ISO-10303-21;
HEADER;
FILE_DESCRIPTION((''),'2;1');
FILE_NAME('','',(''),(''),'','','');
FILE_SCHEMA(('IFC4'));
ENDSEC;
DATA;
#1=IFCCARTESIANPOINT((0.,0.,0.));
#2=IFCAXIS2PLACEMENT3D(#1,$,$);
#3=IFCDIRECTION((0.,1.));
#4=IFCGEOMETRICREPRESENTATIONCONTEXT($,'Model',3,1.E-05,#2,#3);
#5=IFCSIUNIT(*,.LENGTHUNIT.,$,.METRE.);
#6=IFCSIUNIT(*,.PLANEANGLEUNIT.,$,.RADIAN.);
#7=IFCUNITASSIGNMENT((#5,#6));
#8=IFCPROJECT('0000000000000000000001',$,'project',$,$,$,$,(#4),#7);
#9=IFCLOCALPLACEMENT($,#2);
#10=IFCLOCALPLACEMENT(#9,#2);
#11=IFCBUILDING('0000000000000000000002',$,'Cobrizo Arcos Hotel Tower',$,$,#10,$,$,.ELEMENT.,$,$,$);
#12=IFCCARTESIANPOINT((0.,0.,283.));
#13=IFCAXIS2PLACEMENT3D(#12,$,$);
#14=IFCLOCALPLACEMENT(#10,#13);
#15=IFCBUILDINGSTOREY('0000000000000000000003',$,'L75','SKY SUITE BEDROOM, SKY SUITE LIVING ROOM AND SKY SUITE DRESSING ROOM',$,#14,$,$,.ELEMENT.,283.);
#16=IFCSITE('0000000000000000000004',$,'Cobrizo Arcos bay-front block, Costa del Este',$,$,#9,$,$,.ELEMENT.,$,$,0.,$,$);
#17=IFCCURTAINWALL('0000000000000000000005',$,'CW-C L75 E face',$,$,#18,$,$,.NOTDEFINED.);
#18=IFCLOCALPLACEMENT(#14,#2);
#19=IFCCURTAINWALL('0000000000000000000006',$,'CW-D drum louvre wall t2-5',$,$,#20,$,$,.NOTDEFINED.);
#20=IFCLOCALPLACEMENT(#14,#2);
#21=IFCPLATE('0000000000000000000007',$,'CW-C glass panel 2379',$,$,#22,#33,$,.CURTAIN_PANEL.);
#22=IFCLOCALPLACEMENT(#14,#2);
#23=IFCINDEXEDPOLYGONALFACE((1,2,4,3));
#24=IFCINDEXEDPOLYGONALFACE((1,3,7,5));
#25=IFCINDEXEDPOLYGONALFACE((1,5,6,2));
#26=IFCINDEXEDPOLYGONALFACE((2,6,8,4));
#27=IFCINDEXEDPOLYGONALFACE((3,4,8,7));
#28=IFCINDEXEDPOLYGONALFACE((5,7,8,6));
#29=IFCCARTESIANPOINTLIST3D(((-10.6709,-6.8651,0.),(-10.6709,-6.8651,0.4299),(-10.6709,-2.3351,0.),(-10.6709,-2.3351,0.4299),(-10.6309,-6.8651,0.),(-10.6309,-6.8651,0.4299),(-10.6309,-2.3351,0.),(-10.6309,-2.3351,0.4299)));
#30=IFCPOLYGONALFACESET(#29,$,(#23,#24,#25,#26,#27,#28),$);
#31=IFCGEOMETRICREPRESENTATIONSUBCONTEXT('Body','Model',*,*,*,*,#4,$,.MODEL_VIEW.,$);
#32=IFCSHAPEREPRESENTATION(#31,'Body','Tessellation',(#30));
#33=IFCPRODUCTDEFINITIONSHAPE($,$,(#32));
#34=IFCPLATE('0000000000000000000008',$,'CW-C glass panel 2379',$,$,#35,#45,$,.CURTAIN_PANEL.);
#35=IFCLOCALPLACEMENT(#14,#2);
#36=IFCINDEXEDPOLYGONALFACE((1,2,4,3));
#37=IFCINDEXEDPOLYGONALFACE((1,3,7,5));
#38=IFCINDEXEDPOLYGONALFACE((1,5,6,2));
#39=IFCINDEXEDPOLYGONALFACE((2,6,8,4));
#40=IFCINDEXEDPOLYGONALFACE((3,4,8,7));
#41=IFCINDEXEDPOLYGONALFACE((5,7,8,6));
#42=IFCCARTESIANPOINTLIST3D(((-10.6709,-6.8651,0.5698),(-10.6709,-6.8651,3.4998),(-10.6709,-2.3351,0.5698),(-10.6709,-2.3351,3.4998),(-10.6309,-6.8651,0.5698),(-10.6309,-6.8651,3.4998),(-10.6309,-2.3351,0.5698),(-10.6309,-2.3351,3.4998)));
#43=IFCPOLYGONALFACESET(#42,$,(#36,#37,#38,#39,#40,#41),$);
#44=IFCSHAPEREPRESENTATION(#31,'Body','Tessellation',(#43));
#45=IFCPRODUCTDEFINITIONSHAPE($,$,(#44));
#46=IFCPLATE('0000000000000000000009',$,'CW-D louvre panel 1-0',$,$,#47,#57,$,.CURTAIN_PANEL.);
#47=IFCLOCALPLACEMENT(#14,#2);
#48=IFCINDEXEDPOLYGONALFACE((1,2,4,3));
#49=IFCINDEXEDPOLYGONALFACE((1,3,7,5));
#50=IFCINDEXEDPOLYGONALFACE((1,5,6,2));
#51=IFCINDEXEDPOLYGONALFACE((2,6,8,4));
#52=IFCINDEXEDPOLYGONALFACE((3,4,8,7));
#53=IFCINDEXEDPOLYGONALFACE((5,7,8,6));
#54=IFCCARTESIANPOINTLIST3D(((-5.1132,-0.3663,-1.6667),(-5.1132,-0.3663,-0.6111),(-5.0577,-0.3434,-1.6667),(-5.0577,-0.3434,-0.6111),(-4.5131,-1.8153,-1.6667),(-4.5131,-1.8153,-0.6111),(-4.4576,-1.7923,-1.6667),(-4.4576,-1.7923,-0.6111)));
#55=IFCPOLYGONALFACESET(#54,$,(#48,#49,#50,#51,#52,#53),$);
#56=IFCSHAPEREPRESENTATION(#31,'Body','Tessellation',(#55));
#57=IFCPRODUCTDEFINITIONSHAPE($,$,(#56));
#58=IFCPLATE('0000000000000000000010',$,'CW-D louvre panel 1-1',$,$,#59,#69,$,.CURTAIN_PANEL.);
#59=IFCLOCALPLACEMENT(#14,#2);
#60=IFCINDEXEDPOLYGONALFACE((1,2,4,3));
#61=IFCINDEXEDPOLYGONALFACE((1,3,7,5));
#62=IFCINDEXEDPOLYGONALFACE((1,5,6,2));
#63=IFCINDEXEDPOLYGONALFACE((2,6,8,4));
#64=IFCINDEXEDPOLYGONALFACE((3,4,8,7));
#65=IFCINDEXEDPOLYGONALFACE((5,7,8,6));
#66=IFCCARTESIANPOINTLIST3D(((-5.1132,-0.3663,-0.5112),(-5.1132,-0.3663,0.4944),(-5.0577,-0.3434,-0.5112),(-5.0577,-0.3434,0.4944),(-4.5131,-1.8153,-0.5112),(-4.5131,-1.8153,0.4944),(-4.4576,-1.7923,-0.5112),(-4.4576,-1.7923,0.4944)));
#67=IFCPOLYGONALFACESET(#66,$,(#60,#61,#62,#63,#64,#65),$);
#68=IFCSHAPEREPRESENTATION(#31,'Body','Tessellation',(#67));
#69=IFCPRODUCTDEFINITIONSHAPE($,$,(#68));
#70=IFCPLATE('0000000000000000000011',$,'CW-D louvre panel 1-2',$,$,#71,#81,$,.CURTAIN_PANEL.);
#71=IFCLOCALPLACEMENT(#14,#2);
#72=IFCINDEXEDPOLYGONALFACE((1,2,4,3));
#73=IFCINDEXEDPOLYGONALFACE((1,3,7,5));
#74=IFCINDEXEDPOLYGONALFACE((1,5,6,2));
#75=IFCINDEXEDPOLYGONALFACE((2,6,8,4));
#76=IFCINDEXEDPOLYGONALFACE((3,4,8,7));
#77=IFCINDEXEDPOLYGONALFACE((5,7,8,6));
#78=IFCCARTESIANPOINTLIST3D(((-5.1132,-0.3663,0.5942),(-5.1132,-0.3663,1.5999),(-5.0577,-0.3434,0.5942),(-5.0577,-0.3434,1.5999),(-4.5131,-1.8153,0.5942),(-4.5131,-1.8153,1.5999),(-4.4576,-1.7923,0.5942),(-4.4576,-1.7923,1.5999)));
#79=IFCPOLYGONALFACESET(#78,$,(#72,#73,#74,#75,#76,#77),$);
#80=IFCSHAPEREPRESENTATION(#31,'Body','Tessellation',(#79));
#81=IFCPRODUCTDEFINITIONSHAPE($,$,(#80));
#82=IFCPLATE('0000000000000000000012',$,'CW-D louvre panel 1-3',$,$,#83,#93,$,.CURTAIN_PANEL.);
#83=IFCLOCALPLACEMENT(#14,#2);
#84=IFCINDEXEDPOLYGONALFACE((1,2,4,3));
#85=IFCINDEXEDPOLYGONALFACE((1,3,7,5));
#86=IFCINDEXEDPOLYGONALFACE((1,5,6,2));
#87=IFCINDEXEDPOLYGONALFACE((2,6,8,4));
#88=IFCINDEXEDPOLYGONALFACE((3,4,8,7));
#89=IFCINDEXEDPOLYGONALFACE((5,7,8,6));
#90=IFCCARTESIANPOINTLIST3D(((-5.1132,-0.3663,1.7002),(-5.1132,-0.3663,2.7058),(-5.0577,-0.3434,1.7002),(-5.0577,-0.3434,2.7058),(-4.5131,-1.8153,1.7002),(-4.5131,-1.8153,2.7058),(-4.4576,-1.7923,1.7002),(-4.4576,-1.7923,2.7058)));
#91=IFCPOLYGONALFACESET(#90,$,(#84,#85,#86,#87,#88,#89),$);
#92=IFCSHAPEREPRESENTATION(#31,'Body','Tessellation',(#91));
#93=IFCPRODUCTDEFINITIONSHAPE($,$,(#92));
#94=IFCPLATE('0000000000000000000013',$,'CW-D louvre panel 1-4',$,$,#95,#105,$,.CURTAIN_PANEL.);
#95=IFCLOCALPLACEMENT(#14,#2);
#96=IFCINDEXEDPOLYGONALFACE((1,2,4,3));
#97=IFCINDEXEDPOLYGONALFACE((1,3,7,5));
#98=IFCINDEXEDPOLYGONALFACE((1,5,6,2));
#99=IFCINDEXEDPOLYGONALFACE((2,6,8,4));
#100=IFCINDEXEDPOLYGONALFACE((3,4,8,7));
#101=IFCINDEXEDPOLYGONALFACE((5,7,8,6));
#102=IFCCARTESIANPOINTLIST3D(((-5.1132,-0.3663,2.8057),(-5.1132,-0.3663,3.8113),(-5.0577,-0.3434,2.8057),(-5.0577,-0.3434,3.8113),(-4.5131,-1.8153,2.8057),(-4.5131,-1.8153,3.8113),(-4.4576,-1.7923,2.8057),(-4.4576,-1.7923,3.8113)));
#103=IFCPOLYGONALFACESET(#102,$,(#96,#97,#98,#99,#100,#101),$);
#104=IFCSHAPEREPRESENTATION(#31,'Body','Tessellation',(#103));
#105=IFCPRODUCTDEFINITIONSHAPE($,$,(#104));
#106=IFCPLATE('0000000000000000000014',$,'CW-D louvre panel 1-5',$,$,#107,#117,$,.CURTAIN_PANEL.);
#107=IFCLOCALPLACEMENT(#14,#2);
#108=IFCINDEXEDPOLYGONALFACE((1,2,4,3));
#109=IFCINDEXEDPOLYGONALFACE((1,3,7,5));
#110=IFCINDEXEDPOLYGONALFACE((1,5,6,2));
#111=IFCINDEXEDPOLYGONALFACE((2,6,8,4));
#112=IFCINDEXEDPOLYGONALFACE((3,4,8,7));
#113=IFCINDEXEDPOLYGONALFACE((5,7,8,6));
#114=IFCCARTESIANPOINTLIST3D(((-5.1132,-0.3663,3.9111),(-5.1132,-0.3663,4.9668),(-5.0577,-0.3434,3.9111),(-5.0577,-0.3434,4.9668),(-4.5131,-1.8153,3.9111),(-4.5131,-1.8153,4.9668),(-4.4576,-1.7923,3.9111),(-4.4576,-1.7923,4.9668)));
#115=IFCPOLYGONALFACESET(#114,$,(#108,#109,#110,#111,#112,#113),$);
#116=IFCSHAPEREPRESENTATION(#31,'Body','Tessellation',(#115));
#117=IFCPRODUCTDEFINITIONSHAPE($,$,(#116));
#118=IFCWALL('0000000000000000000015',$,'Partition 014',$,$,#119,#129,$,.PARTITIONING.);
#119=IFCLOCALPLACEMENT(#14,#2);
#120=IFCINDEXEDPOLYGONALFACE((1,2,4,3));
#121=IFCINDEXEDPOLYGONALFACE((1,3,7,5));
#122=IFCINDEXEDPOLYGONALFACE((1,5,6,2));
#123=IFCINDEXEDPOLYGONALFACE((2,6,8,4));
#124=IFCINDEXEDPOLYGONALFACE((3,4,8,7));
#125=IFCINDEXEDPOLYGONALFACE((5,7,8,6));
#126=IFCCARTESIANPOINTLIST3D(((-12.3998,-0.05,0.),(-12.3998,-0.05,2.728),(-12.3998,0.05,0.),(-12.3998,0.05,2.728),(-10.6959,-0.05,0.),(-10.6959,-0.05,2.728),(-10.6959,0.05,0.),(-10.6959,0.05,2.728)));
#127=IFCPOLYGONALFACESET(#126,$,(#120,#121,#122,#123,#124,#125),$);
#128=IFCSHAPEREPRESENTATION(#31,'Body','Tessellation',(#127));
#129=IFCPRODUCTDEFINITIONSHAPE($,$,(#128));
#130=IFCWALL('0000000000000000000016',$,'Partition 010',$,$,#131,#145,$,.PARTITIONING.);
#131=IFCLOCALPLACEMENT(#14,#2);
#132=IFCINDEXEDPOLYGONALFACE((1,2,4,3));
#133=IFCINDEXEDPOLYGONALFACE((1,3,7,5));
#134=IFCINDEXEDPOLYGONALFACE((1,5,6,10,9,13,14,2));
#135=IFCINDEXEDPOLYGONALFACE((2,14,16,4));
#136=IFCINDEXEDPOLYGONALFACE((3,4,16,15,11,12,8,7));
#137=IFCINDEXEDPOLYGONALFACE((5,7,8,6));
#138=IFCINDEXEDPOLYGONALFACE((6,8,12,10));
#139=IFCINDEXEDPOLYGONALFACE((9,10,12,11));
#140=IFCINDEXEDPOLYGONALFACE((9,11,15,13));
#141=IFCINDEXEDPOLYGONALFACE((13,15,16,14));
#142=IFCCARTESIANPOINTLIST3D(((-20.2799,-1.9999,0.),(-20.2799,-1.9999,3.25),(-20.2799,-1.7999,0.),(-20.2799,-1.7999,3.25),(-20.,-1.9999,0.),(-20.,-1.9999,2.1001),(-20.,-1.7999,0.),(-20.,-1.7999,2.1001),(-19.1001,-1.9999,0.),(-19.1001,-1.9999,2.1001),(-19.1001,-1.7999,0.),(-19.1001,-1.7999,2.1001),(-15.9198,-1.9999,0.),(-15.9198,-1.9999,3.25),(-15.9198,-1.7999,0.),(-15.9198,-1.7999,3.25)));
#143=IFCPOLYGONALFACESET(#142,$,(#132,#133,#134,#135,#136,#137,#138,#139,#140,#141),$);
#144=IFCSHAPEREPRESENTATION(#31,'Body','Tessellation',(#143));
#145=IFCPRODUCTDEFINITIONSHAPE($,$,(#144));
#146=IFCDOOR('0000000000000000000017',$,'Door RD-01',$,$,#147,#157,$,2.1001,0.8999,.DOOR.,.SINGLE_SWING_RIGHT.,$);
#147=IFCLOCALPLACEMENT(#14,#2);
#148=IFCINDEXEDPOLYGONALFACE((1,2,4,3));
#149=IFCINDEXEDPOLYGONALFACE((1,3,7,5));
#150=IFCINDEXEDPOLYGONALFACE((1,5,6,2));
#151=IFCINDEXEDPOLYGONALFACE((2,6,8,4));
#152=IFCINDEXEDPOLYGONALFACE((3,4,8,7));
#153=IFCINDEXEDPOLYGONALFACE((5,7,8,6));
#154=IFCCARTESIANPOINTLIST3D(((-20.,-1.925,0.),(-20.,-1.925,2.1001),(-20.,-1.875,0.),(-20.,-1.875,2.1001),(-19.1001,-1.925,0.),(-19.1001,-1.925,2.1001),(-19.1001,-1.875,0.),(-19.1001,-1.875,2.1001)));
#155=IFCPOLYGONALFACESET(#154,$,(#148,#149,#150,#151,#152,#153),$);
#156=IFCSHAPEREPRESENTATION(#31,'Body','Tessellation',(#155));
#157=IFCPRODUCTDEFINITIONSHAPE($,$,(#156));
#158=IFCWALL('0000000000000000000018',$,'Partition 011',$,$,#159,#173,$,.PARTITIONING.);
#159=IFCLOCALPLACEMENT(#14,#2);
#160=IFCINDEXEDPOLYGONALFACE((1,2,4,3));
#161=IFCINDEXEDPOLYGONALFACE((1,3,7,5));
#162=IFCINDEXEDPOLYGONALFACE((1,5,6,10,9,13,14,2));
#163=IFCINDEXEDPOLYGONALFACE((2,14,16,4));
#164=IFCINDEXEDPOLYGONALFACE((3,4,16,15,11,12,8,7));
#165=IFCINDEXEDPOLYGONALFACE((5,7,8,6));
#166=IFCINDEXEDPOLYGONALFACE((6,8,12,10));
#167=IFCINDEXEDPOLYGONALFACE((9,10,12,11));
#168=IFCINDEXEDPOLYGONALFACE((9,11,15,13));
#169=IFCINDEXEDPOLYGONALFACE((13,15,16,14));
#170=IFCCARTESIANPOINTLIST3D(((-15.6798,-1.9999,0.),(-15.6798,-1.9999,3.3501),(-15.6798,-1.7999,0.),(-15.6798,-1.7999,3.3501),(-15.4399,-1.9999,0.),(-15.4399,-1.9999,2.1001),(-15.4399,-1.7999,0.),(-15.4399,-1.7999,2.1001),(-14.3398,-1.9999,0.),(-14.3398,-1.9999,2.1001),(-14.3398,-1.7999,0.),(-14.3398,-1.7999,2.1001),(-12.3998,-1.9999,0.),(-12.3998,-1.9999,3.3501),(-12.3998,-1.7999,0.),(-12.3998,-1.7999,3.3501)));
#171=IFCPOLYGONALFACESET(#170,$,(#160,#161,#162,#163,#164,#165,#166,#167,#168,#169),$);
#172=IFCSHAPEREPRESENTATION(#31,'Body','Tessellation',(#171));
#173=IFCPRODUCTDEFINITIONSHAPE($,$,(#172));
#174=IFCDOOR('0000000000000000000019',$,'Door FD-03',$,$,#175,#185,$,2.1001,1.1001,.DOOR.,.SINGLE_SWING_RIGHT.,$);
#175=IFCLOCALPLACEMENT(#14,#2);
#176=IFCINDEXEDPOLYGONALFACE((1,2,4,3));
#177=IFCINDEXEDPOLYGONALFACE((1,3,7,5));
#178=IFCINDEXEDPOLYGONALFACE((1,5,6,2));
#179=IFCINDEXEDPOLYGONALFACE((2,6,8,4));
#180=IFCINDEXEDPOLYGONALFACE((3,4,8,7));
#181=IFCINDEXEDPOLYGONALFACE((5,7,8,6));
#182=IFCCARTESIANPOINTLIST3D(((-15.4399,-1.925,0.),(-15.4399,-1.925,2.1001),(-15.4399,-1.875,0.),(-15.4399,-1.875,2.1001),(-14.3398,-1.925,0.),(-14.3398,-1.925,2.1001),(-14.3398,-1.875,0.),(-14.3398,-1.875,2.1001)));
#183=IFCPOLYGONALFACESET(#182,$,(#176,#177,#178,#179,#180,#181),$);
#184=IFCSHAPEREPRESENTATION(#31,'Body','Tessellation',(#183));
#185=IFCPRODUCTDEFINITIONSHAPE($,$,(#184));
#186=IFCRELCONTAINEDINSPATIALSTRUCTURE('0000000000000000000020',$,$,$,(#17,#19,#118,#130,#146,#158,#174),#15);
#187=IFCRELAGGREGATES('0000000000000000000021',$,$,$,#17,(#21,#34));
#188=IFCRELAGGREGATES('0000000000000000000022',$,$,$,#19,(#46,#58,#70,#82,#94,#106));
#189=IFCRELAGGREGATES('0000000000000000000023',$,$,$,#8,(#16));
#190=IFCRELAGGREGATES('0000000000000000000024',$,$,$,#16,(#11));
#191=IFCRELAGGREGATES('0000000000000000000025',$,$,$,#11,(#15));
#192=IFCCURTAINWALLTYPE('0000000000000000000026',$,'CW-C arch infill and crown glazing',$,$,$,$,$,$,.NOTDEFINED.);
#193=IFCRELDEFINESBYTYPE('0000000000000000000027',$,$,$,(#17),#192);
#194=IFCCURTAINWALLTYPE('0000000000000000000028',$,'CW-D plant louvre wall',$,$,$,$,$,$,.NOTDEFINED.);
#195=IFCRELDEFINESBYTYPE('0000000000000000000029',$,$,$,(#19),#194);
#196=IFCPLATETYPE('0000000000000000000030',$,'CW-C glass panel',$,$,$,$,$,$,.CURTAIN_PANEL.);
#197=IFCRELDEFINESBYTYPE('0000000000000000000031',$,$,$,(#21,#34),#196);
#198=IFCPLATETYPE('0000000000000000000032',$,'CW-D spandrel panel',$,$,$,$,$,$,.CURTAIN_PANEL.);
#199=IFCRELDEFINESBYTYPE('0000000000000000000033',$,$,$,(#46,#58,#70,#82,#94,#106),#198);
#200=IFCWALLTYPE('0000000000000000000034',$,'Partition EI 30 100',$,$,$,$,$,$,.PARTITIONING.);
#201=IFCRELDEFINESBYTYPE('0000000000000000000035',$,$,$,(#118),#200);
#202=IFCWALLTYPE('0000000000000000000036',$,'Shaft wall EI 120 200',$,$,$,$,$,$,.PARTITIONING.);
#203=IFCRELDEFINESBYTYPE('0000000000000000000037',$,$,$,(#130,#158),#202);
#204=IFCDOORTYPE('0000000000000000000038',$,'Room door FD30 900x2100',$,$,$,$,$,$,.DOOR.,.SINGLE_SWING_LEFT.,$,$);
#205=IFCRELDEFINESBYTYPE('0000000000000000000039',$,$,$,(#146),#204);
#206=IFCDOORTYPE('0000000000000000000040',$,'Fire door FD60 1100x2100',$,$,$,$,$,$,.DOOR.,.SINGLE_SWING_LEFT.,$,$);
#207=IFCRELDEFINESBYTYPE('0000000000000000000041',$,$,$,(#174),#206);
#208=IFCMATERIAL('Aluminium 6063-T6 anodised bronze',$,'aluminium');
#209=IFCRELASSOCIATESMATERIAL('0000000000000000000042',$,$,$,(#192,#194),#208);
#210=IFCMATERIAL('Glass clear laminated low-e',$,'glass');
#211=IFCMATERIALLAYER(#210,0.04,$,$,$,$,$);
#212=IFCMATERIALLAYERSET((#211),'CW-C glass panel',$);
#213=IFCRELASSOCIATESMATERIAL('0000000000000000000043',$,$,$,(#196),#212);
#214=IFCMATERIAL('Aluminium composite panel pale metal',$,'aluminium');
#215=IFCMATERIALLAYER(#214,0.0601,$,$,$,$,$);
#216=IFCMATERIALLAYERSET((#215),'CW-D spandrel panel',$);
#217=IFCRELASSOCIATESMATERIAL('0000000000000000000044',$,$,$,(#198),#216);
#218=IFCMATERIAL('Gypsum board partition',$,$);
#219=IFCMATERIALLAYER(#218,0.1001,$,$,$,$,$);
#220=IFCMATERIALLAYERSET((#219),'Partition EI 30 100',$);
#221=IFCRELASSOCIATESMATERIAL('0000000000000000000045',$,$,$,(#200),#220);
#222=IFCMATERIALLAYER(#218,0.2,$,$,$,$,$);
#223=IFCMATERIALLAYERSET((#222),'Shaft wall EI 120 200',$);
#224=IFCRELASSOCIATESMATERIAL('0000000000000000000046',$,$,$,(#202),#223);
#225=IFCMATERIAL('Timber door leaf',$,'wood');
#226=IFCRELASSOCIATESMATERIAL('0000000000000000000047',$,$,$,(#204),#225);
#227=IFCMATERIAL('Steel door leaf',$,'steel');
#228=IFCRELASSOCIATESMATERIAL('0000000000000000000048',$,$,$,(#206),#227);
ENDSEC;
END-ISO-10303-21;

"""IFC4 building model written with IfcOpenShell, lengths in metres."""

from ifc_helpers import new_model, si_unit, direction, frame, frame_2d, origin, origin_2d, place, context, subcontext, project, spatial, rectangle, extrude, material, layer, layer_set, type_object, element, fill, aggregate, save


model = new_model("IFC4")

# Units and contexts
model_context = context("Model", 3, precision=1e-05, world=origin(), true_north=direction((0.0, 1.0)))
body_context = subcontext(model_context, "Body", "Model", "MODEL_VIEW")
ifc_project = project(units=[si_unit("LENGTHUNIT", "METRE"), si_unit("PLANEANGLEUNIT", "RADIAN")], contexts=[model_context])

# Site, building, storey
site_placement = place(None, origin())
site = spatial("IfcSite", under=ifc_project, at=site_placement, Name="Cobrizo Arcos bay-front block, Costa del Este", CompositionType="ELEMENT", RefElevation=0.0)
building_placement = place(site_placement, origin())
building = spatial("IfcBuilding", under=site, at=building_placement, Name="Cobrizo Arcos Hotel Tower", CompositionType="ELEMENT")
storey_placement = place(building_placement, frame((0.0, 0.0, 283.0)))
storey = spatial("IfcBuildingStorey", under=building, at=storey_placement, Name="L75", Description="SKY SUITE BEDROOM, SKY SUITE LIVING ROOM AND SKY SUITE DRESSING ROOM", CompositionType="ELEMENT", Elevation=283.0)

# Curtain walls
ifc_material_1 = material(Name="Aluminium 6063-T6 anodised bronze", Category="aluminium")
curtain_wall_type_1 = type_object("IfcCurtainWallType", Name="CW-C arch infill and crown glazing", PredefinedType="NOTDEFINED", material=ifc_material_1)
curtain_wall_1_placement = place(storey_placement, origin())
curtain_wall_1 = element("IfcCurtainWall", 1, at=curtain_wall_1_placement, inside=storey, type_object=curtain_wall_type_1, Name="CW-C L75 E face", PredefinedType="NOTDEFINED")
curtain_wall_type_2 = type_object("IfcCurtainWallType", Name="CW-D plant louvre wall", PredefinedType="NOTDEFINED", material=ifc_material_1)
curtain_wall_2_placement = place(storey_placement, origin())
curtain_wall_2 = element("IfcCurtainWall", 2, at=curtain_wall_2_placement, inside=storey, type_object=curtain_wall_type_2, Name="CW-D drum louvre wall t2-5", PredefinedType="NOTDEFINED")

# Plates
ifc_material_2 = material(Name="Glass clear laminated low-e", Category="glass")
ifc_layer_1 = layer(ifc_material_2, 0.04)
ifc_layer_set_1 = layer_set([ifc_layer_1], Name="CW-C glass panel")
plate_type_1 = type_object("IfcPlateType", Name="CW-C glass panel", PredefinedType="CURTAIN_PANEL", material=ifc_layer_set_1)
plate_1_placement = place(storey_placement, frame((-10.6509, -4.6001, 0.0), z_axis=(0.0, 0.0, 1.0), x_axis=(0.0, 1.0, 0.0)))
plate_1 = element("IfcPlate", 3, at=plate_1_placement, type_object=plate_type_1, Name="CW-C glass panel 2379", PredefinedType="CURTAIN_PANEL", context=body_context, shape_type="SweptSolid", body=[
    extrude(rectangle(XDim=4.53, YDim=0.04, at=origin_2d()), origin(), (0.0, 0.0, 1.0), 0.4299),
])
plate_2_placement = place(storey_placement, frame((-10.6509, -4.6001, 0.5698), z_axis=(0.0, 0.0, 1.0), x_axis=(0.0, 1.0, 0.0)))
plate_2 = element("IfcPlate", 4, at=plate_2_placement, type_object=plate_type_1, Name="CW-C glass panel 2379", PredefinedType="CURTAIN_PANEL", context=body_context, shape_type="SweptSolid", body=[
    extrude(rectangle(XDim=4.53, YDim=0.04, at=origin_2d()), origin(), (0.0, 0.0, 1.0), 2.9299),
])
aggregate(curtain_wall_1, [plate_1, plate_2])
ifc_material_3 = material(Name="Aluminium composite panel pale metal", Category="aluminium")
ifc_layer_2 = layer(ifc_material_3, 0.0601)
ifc_layer_set_2 = layer_set([ifc_layer_2], Name="CW-D spandrel panel")
plate_type_2 = type_object("IfcPlateType", Name="CW-D spandrel panel", PredefinedType="CURTAIN_PANEL", material=ifc_layer_set_2)
plate_3_placement = place(storey_placement, frame((-4.7854, -1.0793, -1.6667), z_axis=(0.0, 0.0, 1.0), x_axis=(0.382683, -0.92388, 0.0)))
plate_3 = element("IfcPlate", 5, at=plate_3_placement, type_object=plate_type_2, Name="CW-D louvre panel 1-0", PredefinedType="CURTAIN_PANEL", context=body_context, shape_type="SweptSolid", body=[
    extrude(rectangle(XDim=1.5684, YDim=0.0601, at=origin_2d()), origin(), (0.0, 0.0, 1.0), 1.0557),
])
plate_4_placement = place(storey_placement, frame((-4.7854, -1.0793, -0.5112), z_axis=(0.0, 0.0, 1.0), x_axis=(0.382683, -0.92388, 0.0)))
plate_4 = element("IfcPlate", 6, at=plate_4_placement, type_object=plate_type_2, Name="CW-D louvre panel 1-1", PredefinedType="CURTAIN_PANEL", context=body_context, shape_type="SweptSolid", body=[
    extrude(rectangle(XDim=1.5684, YDim=0.0601, at=origin_2d()), origin(), (0.0, 0.0, 1.0), 1.0056),
])
plate_5_placement = place(storey_placement, frame((-4.7854, -1.0793, 0.5942), z_axis=(0.0, 0.0, 1.0), x_axis=(0.382683, -0.92388, 0.0)))
plate_5 = element("IfcPlate", 7, at=plate_5_placement, type_object=plate_type_2, Name="CW-D louvre panel 1-2", PredefinedType="CURTAIN_PANEL", context=body_context, shape_type="SweptSolid", body=[
    extrude(rectangle(XDim=1.5684, YDim=0.0601, at=origin_2d()), origin(), (0.0, 0.0, 1.0), 1.0056),
])
plate_6_placement = place(storey_placement, frame((-4.7854, -1.0793, 1.7002), z_axis=(0.0, 0.0, 1.0), x_axis=(0.382683, -0.92388, 0.0)))
plate_6 = element("IfcPlate", 8, at=plate_6_placement, type_object=plate_type_2, Name="CW-D louvre panel 1-3", PredefinedType="CURTAIN_PANEL", context=body_context, shape_type="SweptSolid", body=[
    extrude(rectangle(XDim=1.5684, YDim=0.0601, at=origin_2d()), origin(), (0.0, 0.0, 1.0), 1.0056),
])
plate_7_placement = place(storey_placement, frame((-4.7854, -1.0793, 2.8057), z_axis=(0.0, 0.0, 1.0), x_axis=(0.382683, -0.92388, 0.0)))
plate_7 = element("IfcPlate", 9, at=plate_7_placement, type_object=plate_type_2, Name="CW-D louvre panel 1-4", PredefinedType="CURTAIN_PANEL", context=body_context, shape_type="SweptSolid", body=[
    extrude(rectangle(XDim=1.5684, YDim=0.0601, at=origin_2d()), origin(), (0.0, 0.0, 1.0), 1.0056),
])
plate_8_placement = place(storey_placement, frame((-4.7854, -1.0793, 3.9111), z_axis=(0.0, 0.0, 1.0), x_axis=(0.382683, -0.92388, 0.0)))
plate_8 = element("IfcPlate", 10, at=plate_8_placement, type_object=plate_type_2, Name="CW-D louvre panel 1-5", PredefinedType="CURTAIN_PANEL", context=body_context, shape_type="SweptSolid", body=[
    extrude(rectangle(XDim=1.5684, YDim=0.0601, at=origin_2d()), origin(), (0.0, 0.0, 1.0), 1.0557),
])
aggregate(curtain_wall_2, [plate_3, plate_4, plate_5, plate_6, plate_7, plate_8])

# Wall
ifc_material_4 = material(Name="Gypsum board partition")
ifc_layer_3 = layer(ifc_material_4, 0.1001)
ifc_layer_set_3 = layer_set([ifc_layer_3], Name="Partition EI 30 100")
wall_type_1 = type_object("IfcWallType", Name="Partition EI 30 100", PredefinedType="PARTITIONING", material=ifc_layer_set_3)
wall_1_placement = place(storey_placement, frame((-12.3999, 0.0, 0.0), z_axis=(0.0, 0.0, 1.0), x_axis=(1.0, 0.0, 0.0)))
element("IfcWall", 11, at=wall_1_placement, inside=storey, type_object=wall_type_1, Name="Partition 014", PredefinedType="PARTITIONING", context=body_context, shape_type="SweptSolid", body=[
    extrude(rectangle(XDim=1.7039, YDim=0.1001, at=frame_2d((0.8521, 0.0))), origin(), (0.0, 0.0, 1.0), 2.728),
])

# Walls, openings, doors
ifc_layer_4 = layer(ifc_material_4, 0.2)
ifc_layer_set_4 = layer_set([ifc_layer_4], Name="Shaft wall EI 120 200")
wall_type_2 = type_object("IfcWallType", Name="Shaft wall EI 120 200", PredefinedType="PARTITIONING", material=ifc_layer_set_4)
wall_2_placement = place(storey_placement, frame((-20.28, -1.8999, 0.0), z_axis=(0.0, 0.0, 1.0), x_axis=(1.0, 0.0, 0.0)))
wall_2 = element("IfcWall", 12, at=wall_2_placement, inside=storey, type_object=wall_type_2, Name="Partition 010", PredefinedType="PARTITIONING", context=body_context, shape_type="SweptSolid", body=[
    extrude(rectangle(XDim=4.3601, YDim=0.2, at=frame_2d((2.1802, 0.0))), origin(), (0.0, 0.0, 1.0), 3.25),
])
opening_1_placement = place(wall_2_placement, frame((0.28, 0.0, 0.0)))
opening_1 = element("IfcOpeningElement", 13, at=opening_1_placement, cuts=wall_2, PredefinedType="OPENING", context=body_context, shape_type="SweptSolid", body=[
    extrude(rectangle(XDim=0.8999, YDim=2.1001, at=frame_2d((0.45, 1.05))), frame((0.0, 0.1121, 0.0), z_axis=(0.0, -1.0, 0.0), x_axis=(1.0, 0.0, 0.0)), (0.0, 0.0, 1.0), 0.2239),
])
ifc_material_5 = material(Name="Timber door leaf", Category="wood")
door_type_1 = type_object("IfcDoorType", Name="Room door FD30 900x2100", OperationType="SINGLE_SWING_LEFT", PredefinedType="DOOR", material=ifc_material_5)
door_1_placement = place(opening_1_placement, origin())
door_1 = element("IfcDoor", 14, at=door_1_placement, inside=storey, type_object=door_type_1, Name="Door RD-01", OperationType="SINGLE_SWING_RIGHT", OverallHeight=2.1001, OverallWidth=0.8999, PredefinedType="DOOR", context=body_context, shape_type="SweptSolid", body=[
    extrude(rectangle(XDim=0.8999, YDim=2.1001, at=frame_2d((0.45, 1.05))), frame((0.0, 0.0249, 0.0), z_axis=(0.0, -1.0, 0.0), x_axis=(1.0, 0.0, 0.0)), (0.0, 0.0, 1.0), 0.05),
])
fill(opening_1, door_1)
wall_3_placement = place(storey_placement, frame((-15.6799, -1.8999, 0.0), z_axis=(0.0, 0.0, 1.0), x_axis=(1.0, 0.0, 0.0)))
wall_3 = element("IfcWall", 15, at=wall_3_placement, inside=storey, type_object=wall_type_2, Name="Partition 011", PredefinedType="PARTITIONING", context=body_context, shape_type="SweptSolid", body=[
    extrude(rectangle(XDim=3.28, YDim=0.2, at=frame_2d((1.6401, 0.0))), origin(), (0.0, 0.0, 1.0), 3.3501),
])
opening_2_placement = place(wall_3_placement, frame((0.24, 0.0, 0.0)))
opening_2 = element("IfcOpeningElement", 16, at=opening_2_placement, cuts=wall_3, PredefinedType="OPENING", context=body_context, shape_type="SweptSolid", body=[
    extrude(rectangle(XDim=1.1001, YDim=2.1001, at=frame_2d((0.55, 1.05))), frame((0.0, 0.1121, 0.0), z_axis=(0.0, -1.0, 0.0), x_axis=(1.0, 0.0, 0.0)), (0.0, 0.0, 1.0), 0.2239),
])
ifc_material_6 = material(Name="Steel door leaf", Category="steel")
door_type_2 = type_object("IfcDoorType", Name="Fire door FD60 1100x2100", OperationType="SINGLE_SWING_LEFT", PredefinedType="DOOR", material=ifc_material_6)
door_2_placement = place(opening_2_placement, origin())
door_2 = element("IfcDoor", 17, at=door_2_placement, inside=storey, type_object=door_type_2, Name="Door FD-03", OperationType="SINGLE_SWING_RIGHT", OverallHeight=2.1001, OverallWidth=1.1001, PredefinedType="DOOR", context=body_context, shape_type="SweptSolid", body=[
    extrude(rectangle(XDim=1.1001, YDim=2.1001, at=frame_2d((0.55, 1.05))), frame((0.0, 0.0249, 0.0), z_axis=(0.0, -1.0, 0.0), x_axis=(1.0, 0.0, 0.0)), (0.0, 0.0, 1.0), 0.05),
])
fill(opening_2, door_2)

save(model, "model.ifc")
